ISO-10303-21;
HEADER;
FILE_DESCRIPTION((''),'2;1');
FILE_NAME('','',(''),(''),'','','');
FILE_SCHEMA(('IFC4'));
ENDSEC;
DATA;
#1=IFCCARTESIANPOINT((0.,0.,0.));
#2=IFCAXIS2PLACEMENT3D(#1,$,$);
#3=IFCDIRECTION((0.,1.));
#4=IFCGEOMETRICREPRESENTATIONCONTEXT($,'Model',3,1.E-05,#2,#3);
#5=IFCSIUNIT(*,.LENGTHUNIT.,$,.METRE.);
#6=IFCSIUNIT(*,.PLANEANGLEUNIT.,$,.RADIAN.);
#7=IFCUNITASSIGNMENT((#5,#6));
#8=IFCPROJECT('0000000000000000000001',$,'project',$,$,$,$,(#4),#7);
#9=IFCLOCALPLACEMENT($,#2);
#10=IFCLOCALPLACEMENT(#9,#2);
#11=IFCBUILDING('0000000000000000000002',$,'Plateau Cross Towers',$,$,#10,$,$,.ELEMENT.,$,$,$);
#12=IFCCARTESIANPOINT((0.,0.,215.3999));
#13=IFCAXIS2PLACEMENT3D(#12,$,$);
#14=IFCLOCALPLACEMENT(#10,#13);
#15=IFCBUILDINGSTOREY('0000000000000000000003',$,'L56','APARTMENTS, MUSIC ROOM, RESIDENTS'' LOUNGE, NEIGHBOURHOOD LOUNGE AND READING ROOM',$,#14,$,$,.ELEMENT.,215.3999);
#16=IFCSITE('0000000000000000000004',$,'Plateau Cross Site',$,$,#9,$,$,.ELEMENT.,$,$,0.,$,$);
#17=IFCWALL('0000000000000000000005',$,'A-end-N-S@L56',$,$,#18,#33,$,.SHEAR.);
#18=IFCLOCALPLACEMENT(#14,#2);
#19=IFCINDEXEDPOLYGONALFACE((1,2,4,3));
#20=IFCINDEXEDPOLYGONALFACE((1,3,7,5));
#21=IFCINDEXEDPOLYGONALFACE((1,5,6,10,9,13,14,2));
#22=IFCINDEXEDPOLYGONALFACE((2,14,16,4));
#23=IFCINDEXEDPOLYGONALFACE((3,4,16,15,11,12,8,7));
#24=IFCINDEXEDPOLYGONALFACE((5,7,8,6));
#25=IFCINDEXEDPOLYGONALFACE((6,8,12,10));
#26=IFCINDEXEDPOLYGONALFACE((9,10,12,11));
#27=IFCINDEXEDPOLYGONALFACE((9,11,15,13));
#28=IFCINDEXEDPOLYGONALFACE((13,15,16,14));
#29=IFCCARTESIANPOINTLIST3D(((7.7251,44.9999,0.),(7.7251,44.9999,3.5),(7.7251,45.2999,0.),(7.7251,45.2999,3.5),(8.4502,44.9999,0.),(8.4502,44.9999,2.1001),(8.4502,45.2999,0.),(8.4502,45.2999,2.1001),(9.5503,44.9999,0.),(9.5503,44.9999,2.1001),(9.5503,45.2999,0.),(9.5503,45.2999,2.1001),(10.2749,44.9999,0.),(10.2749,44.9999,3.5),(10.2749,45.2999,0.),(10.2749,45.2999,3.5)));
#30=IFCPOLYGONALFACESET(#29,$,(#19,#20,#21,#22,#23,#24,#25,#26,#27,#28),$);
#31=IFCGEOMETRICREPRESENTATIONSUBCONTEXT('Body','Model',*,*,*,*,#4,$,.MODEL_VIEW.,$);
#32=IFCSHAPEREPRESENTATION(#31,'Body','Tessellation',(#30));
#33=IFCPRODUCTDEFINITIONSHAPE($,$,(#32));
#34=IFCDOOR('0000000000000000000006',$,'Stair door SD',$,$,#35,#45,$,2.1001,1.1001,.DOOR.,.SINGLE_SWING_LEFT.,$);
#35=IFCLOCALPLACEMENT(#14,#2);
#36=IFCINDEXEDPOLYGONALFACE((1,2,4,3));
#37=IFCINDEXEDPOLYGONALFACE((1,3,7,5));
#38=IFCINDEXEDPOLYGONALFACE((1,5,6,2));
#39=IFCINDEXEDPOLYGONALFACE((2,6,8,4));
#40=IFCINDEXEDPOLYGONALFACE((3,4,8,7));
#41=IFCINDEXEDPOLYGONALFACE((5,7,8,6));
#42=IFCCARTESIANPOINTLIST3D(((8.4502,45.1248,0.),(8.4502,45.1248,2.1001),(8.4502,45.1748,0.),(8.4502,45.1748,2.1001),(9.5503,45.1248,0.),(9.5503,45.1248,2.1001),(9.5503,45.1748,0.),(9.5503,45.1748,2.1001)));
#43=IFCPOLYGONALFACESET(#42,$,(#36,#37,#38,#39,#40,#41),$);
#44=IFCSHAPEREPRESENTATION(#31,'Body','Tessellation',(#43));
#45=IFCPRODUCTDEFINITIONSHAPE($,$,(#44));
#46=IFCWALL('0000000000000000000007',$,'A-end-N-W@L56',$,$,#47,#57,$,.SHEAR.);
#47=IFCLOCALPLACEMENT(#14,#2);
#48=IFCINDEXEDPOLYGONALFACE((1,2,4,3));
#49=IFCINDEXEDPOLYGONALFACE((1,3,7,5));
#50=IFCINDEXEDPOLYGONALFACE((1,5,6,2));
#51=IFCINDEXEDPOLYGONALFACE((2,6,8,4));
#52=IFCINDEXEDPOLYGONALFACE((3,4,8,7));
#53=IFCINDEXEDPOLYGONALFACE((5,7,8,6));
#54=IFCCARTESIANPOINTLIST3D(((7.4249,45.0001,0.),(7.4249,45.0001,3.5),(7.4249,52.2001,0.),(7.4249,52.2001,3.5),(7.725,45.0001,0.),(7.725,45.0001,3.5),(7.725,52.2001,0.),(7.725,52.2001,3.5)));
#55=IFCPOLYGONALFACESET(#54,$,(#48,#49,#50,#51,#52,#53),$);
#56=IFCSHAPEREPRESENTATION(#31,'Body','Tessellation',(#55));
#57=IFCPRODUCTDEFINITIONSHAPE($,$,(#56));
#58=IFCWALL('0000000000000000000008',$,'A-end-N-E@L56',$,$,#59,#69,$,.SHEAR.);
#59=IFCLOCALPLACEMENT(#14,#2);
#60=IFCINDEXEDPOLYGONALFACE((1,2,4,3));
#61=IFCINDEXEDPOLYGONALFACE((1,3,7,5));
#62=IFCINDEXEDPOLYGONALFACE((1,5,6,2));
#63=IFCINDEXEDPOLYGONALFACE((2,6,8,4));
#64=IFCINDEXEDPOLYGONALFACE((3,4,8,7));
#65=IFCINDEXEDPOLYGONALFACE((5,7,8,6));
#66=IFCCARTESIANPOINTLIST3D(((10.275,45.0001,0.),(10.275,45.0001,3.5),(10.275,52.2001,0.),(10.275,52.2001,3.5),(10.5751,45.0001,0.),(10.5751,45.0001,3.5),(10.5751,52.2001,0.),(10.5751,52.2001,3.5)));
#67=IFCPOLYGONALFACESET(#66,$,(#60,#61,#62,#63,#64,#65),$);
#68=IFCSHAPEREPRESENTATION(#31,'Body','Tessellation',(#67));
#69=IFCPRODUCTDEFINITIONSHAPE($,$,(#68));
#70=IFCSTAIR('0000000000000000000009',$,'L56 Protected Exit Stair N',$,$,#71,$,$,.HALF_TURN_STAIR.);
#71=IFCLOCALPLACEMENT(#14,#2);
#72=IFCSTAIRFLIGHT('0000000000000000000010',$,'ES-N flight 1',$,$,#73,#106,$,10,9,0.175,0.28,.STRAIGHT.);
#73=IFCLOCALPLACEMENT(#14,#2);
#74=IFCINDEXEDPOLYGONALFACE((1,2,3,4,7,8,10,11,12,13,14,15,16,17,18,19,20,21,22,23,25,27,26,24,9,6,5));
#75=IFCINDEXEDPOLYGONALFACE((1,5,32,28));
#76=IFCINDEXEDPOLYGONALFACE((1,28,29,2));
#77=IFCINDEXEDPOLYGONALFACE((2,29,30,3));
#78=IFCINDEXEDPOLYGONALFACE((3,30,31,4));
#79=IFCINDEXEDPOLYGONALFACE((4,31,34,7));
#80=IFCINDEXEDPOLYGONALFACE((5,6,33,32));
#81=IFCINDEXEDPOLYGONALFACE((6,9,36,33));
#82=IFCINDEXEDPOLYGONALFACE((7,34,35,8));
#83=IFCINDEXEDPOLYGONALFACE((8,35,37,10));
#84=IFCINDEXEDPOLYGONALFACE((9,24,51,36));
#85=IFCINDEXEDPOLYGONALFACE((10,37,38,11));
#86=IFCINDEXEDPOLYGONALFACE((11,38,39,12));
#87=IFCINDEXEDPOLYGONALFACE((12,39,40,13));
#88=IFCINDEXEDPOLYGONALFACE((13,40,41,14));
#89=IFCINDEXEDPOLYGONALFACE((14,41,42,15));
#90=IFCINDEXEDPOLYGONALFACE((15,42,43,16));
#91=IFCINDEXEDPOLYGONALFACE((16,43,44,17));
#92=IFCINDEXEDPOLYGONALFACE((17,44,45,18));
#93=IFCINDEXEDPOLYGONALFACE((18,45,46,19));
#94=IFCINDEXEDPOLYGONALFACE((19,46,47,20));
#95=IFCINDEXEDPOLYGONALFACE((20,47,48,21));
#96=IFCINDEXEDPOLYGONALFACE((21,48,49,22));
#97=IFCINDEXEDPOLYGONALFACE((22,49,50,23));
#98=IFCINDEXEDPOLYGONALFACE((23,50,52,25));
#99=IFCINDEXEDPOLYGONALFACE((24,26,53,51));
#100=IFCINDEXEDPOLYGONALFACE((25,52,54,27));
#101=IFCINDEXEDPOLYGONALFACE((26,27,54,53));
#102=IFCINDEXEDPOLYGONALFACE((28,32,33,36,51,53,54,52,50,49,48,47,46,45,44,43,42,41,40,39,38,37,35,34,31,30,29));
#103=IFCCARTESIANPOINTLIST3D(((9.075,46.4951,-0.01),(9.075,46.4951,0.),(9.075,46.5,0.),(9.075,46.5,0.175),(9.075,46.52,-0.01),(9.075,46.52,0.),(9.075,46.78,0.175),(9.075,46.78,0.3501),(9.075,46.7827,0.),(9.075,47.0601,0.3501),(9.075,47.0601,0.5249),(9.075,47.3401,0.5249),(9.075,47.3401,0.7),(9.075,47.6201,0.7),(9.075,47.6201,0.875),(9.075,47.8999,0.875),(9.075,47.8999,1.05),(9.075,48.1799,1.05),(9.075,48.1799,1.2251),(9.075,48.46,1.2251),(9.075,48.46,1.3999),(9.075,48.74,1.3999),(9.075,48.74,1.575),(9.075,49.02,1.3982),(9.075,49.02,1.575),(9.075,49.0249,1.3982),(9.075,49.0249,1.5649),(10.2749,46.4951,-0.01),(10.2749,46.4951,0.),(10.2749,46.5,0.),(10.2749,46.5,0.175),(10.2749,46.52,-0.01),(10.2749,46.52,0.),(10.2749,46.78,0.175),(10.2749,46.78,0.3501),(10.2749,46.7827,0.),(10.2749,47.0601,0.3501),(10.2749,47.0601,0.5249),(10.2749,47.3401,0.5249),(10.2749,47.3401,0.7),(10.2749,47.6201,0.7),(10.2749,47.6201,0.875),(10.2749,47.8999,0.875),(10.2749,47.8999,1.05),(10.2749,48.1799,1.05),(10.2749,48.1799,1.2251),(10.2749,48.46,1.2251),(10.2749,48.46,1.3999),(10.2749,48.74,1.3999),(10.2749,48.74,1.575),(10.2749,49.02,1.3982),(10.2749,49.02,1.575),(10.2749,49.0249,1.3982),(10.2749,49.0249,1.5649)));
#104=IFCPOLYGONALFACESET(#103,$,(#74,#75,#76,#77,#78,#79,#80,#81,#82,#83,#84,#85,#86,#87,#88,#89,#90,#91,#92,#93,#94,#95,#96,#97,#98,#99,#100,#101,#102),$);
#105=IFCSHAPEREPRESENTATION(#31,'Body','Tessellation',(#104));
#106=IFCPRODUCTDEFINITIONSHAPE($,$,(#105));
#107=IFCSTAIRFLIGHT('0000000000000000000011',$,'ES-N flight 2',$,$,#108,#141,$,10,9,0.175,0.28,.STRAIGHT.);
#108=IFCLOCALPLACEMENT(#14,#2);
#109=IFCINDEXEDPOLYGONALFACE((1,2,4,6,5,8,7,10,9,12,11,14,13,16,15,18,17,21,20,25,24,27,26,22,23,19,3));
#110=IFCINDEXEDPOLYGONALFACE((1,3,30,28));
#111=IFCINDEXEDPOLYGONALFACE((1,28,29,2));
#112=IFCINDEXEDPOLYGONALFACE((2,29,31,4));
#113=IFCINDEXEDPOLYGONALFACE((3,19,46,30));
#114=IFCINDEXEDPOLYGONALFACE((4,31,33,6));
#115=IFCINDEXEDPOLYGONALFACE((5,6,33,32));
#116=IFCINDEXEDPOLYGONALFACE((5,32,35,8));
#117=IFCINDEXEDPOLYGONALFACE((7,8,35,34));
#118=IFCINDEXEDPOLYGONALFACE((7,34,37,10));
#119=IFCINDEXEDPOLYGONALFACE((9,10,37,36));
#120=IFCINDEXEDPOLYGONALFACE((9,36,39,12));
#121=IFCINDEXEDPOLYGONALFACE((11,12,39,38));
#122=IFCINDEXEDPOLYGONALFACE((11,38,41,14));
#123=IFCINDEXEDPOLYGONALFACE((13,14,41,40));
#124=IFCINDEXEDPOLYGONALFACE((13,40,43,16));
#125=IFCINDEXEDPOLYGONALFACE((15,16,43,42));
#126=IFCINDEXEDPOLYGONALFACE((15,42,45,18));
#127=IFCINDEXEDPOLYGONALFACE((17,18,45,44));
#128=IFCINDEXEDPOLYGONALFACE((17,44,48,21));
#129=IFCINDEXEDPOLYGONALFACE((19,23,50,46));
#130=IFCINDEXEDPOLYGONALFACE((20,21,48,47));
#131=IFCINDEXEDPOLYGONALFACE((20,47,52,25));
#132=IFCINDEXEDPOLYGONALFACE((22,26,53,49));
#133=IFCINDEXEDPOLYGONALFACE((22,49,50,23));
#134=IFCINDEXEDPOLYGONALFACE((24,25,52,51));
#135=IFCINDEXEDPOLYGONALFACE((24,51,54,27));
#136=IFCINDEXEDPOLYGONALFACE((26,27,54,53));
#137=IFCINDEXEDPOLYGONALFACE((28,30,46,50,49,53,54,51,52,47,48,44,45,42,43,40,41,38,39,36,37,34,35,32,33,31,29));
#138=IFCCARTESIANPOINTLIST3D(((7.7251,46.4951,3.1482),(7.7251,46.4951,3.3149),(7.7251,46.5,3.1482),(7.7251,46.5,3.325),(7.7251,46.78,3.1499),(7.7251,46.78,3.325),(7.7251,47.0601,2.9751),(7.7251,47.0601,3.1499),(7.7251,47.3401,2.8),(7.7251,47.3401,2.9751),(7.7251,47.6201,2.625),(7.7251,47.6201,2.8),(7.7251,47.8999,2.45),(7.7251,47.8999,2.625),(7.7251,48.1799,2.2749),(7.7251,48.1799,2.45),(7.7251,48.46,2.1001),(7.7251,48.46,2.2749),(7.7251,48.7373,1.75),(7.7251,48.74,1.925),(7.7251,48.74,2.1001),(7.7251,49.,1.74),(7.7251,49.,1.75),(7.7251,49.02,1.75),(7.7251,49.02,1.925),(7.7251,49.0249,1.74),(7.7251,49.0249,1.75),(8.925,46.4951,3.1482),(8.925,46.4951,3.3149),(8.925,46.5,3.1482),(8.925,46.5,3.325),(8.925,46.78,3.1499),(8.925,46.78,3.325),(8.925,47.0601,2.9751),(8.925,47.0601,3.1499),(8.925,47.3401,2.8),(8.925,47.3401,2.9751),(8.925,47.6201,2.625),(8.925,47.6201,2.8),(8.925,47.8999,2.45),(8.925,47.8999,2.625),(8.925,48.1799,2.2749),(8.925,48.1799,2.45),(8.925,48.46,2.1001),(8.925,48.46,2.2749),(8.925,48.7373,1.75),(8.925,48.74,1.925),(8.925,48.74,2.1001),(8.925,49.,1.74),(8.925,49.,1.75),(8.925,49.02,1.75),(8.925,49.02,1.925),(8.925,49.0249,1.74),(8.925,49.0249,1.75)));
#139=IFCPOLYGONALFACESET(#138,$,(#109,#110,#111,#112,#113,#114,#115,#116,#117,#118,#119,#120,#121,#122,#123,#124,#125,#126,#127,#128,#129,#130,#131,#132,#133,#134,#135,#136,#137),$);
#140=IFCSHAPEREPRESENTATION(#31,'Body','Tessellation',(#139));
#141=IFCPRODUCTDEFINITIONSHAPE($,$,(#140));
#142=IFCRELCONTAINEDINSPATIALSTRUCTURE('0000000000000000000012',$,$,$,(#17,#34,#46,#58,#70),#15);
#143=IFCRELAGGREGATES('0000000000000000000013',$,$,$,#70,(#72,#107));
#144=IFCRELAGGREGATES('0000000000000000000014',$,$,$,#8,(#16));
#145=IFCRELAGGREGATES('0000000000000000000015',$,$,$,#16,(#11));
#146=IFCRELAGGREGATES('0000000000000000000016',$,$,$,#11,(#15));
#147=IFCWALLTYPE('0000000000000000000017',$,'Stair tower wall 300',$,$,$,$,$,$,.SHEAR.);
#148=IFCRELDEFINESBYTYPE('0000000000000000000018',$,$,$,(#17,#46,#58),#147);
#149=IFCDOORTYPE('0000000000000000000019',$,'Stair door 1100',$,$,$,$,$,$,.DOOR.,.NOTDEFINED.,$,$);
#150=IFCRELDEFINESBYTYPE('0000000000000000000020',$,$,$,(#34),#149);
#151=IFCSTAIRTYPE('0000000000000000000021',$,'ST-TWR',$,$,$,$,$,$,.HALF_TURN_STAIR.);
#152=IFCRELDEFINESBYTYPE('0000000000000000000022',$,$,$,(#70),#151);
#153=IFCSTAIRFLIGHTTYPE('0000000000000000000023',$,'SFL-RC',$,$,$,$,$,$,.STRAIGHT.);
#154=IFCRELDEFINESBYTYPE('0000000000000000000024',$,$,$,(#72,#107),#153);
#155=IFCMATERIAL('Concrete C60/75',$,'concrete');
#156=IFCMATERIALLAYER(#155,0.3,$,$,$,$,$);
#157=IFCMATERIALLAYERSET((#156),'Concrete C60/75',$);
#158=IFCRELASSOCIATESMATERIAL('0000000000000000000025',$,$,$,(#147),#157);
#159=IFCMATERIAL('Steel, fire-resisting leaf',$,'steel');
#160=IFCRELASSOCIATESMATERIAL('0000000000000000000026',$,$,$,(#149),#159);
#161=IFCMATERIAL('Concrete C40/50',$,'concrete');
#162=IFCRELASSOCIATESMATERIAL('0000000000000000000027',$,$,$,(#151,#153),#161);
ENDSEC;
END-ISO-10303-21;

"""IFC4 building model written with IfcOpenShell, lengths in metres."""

from ifc_helpers import new_model, si_unit, direction, frame, frame_2d, origin, place, context, subcontext, project, spatial, polyline, rectangle, outline, extrude, material, layer, layer_set, type_object, element, fill, aggregate, save


model = new_model("IFC4")

# Units and contexts
model_context = context("Model", 3, precision=1e-05, world=origin(), true_north=direction((0.0, 1.0)))
body_context = subcontext(model_context, "Body", "Model", "MODEL_VIEW")
ifc_project = project(units=[si_unit("LENGTHUNIT", "METRE"), si_unit("PLANEANGLEUNIT", "RADIAN")], contexts=[model_context])

# Site, building, storey
site_placement = place(None, origin())
site = spatial("IfcSite", under=ifc_project, at=site_placement, Name="Plateau Cross Site", CompositionType="ELEMENT", RefElevation=0.0)
building_placement = place(site_placement, origin())
building = spatial("IfcBuilding", under=site, at=building_placement, Name="Plateau Cross Towers", CompositionType="ELEMENT")
storey_placement = place(building_placement, frame((0.0, 0.0, 215.3999)))
storey = spatial("IfcBuildingStorey", under=building, at=storey_placement, Name="L56", Description="APARTMENTS, MUSIC ROOM, RESIDENTS' LOUNGE, NEIGHBOURHOOD LOUNGE AND READING ROOM", CompositionType="ELEMENT", Elevation=215.3999)

# Wall, opening, door
ifc_material_1 = material(Name="Concrete C60/75", Category="concrete")
ifc_layer_1 = layer(ifc_material_1, 0.3)
ifc_layer_set_1 = layer_set([ifc_layer_1], Name="Concrete C60/75")
wall_type_1 = type_object("IfcWallType", Name="Stair tower wall 300", PredefinedType="SHEAR", material=ifc_layer_set_1)
wall_1_placement = place(storey_placement, frame((7.7251, 45.1499, 0.0), z_axis=(0.0, 0.0, 1.0), x_axis=(1.0, 0.0, 0.0)))
wall_1 = element("IfcWall", 1, at=wall_1_placement, inside=storey, type_object=wall_type_1, Name="A-end-N-S@L56", PredefinedType="SHEAR", context=body_context, shape_type="SweptSolid", body=[
    extrude(rectangle(XDim=2.5498, YDim=0.3, at=frame_2d((1.2749, 0.0))), origin(), (0.0, 0.0, 1.0), 3.5),
])
opening_1_placement = place(wall_1_placement, frame((0.7251, 0.0, 0.0)))
opening_1 = element("IfcOpeningElement", 2, at=opening_1_placement, cuts=wall_1, PredefinedType="OPENING", context=body_context, shape_type="SweptSolid", body=[
    extrude(rectangle(XDim=1.1001, YDim=2.1001, at=frame_2d((0.55, 1.05))), frame((0.0, 0.1599, 0.0), z_axis=(0.0, -1.0, 0.0), x_axis=(1.0, 0.0, 0.0)), (0.0, 0.0, 1.0), 0.3201),
])
ifc_material_2 = material(Name="Steel, fire-resisting leaf", Category="steel")
door_type_1 = type_object("IfcDoorType", Name="Stair door 1100", OperationType="NOTDEFINED", PredefinedType="DOOR", material=ifc_material_2)
door_1_placement = place(opening_1_placement, origin())
door_1 = element("IfcDoor", 3, at=door_1_placement, inside=storey, type_object=door_type_1, Name="Stair door SD", OperationType="SINGLE_SWING_LEFT", OverallHeight=2.1001, OverallWidth=1.1001, PredefinedType="DOOR", context=body_context, shape_type="SweptSolid", body=[
    extrude(rectangle(XDim=1.1001, YDim=2.1001, at=frame_2d((0.55, 1.05))), frame((0.0, 0.0249, 0.0), z_axis=(0.0, -1.0, 0.0), x_axis=(1.0, 0.0, 0.0)), (0.0, 0.0, 1.0), 0.05),
])
fill(opening_1, door_1)

# Walls
for number, where, z_axis, x_axis, name in (
    (4, (7.575, 45.0, 0.0), (0.0, 0.0, 1.0), (0.0, 1.0, 0.0), "A-end-N-W@L56"),
    (5, (10.425, 45.0, 0.0), (0.0, 0.0, 1.0), (0.0, 1.0, 0.0), "A-end-N-E@L56"),
):
    element("IfcWall", number, at=place(storey_placement, frame(where, z_axis=z_axis, x_axis=x_axis)), inside=storey, type_object=wall_type_1, Name=name, PredefinedType="SHEAR", context=body_context, shape_type="SweptSolid", body=[
        extrude(rectangle(XDim=7.2, YDim=0.3, at=frame_2d((3.6001, 0.0))), origin(), (0.0, 0.0, 1.0), 3.5),
    ])

# Stair, stair flights
ifc_material_3 = material(Name="Concrete C40/50", Category="concrete")
stair_type = type_object("IfcStairType", Name="ST-TWR", PredefinedType="HALF_TURN_STAIR", material=ifc_material_3)
stair_placement = place(storey_placement, origin())
stair = element("IfcStair", 6, at=stair_placement, inside=storey, type_object=stair_type, Name="L56 Protected Exit Stair N", PredefinedType="HALF_TURN_STAIR")
stair_flight_type = type_object("IfcStairFlightType", Name="SFL-RC", PredefinedType="STRAIGHT", material=ifc_material_3)
stair_flight_1_placement = place(storey_placement, frame((9.675, 46.5, 0.0), z_axis=(0.0, 0.0, 1.0), x_axis=(0.0, 1.0, 0.0)))
stair_flight_1 = element("IfcStairFlight", 7, at=stair_flight_1_placement, type_object=stair_flight_type, Name="ES-N flight 1", NumberOfRisers=10, NumberOfTreads=9, PredefinedType="STRAIGHT", RiserHeight=0.175, TreadLength=0.28, context=body_context, shape_type="SweptSolid", body=[
    extrude(outline(polyline([(-0.0049, -0.01), (-0.0049, 0.0), (0.0, 0.0), (0.0, 0.175), (0.28, 0.175), (0.28, 0.3501), (0.5601, 0.3501), (0.5601, 0.5249), (0.8401, 0.5249), (0.8401, 0.7), (1.1201, 0.7), (1.1201, 0.875), (1.3999, 0.875), (1.3999, 1.05), (1.6799, 1.05), (1.6799, 1.2251), (1.96, 1.2251), (1.96, 1.3999), (2.24, 1.3999), (2.24, 1.575), (2.52, 1.575), (2.5249, 1.5649), (2.5249, 1.3982), (2.52, 1.3982), (0.2827, 0.0), (0.02, 0.0), (0.02, -0.01), (-0.0049, -0.01)])), frame((0.0, 0.6001, 0.0), z_axis=(0.0, -1.0, 0.0), x_axis=(1.0, 0.0, 0.0)), (0.0, 0.0, 1.0), 1.2),
])
stair_flight_2_placement = place(storey_placement, frame((8.325, 49.02, 1.75), z_axis=(0.0, 0.0, 1.0), x_axis=(0.0, -1.0, 0.0)))
stair_flight_2 = element("IfcStairFlight", 8, at=stair_flight_2_placement, type_object=stair_flight_type, Name="ES-N flight 2", NumberOfRisers=10, NumberOfTreads=9, PredefinedType="STRAIGHT", RiserHeight=0.175, TreadLength=0.28, context=body_context, shape_type="SweptSolid", body=[
    extrude(outline(polyline([(-0.0049, -0.01), (-0.0049, 0.0), (0.0, 0.0), (0.0, 0.175), (0.28, 0.175), (0.28, 0.3501), (0.5601, 0.3501), (0.5601, 0.5249), (0.8401, 0.5249), (0.8401, 0.7), (1.1201, 0.7), (1.1201, 0.875), (1.3999, 0.875), (1.3999, 1.05), (1.6799, 1.05), (1.6799, 1.2251), (1.96, 1.2251), (1.96, 1.3999), (2.24, 1.3999), (2.24, 1.575), (2.52, 1.575), (2.5249, 1.5649), (2.5249, 1.3982), (2.52, 1.3982), (0.2827, 0.0), (0.02, 0.0), (0.02, -0.01), (-0.0049, -0.01)])), frame((0.0, 0.6001, 0.0), z_axis=(0.0, -1.0, 0.0), x_axis=(1.0, 0.0, 0.0)), (0.0, 0.0, 1.0), 1.2),
])
aggregate(stair, [stair_flight_1, stair_flight_2])

save(model, "model.ifc")
